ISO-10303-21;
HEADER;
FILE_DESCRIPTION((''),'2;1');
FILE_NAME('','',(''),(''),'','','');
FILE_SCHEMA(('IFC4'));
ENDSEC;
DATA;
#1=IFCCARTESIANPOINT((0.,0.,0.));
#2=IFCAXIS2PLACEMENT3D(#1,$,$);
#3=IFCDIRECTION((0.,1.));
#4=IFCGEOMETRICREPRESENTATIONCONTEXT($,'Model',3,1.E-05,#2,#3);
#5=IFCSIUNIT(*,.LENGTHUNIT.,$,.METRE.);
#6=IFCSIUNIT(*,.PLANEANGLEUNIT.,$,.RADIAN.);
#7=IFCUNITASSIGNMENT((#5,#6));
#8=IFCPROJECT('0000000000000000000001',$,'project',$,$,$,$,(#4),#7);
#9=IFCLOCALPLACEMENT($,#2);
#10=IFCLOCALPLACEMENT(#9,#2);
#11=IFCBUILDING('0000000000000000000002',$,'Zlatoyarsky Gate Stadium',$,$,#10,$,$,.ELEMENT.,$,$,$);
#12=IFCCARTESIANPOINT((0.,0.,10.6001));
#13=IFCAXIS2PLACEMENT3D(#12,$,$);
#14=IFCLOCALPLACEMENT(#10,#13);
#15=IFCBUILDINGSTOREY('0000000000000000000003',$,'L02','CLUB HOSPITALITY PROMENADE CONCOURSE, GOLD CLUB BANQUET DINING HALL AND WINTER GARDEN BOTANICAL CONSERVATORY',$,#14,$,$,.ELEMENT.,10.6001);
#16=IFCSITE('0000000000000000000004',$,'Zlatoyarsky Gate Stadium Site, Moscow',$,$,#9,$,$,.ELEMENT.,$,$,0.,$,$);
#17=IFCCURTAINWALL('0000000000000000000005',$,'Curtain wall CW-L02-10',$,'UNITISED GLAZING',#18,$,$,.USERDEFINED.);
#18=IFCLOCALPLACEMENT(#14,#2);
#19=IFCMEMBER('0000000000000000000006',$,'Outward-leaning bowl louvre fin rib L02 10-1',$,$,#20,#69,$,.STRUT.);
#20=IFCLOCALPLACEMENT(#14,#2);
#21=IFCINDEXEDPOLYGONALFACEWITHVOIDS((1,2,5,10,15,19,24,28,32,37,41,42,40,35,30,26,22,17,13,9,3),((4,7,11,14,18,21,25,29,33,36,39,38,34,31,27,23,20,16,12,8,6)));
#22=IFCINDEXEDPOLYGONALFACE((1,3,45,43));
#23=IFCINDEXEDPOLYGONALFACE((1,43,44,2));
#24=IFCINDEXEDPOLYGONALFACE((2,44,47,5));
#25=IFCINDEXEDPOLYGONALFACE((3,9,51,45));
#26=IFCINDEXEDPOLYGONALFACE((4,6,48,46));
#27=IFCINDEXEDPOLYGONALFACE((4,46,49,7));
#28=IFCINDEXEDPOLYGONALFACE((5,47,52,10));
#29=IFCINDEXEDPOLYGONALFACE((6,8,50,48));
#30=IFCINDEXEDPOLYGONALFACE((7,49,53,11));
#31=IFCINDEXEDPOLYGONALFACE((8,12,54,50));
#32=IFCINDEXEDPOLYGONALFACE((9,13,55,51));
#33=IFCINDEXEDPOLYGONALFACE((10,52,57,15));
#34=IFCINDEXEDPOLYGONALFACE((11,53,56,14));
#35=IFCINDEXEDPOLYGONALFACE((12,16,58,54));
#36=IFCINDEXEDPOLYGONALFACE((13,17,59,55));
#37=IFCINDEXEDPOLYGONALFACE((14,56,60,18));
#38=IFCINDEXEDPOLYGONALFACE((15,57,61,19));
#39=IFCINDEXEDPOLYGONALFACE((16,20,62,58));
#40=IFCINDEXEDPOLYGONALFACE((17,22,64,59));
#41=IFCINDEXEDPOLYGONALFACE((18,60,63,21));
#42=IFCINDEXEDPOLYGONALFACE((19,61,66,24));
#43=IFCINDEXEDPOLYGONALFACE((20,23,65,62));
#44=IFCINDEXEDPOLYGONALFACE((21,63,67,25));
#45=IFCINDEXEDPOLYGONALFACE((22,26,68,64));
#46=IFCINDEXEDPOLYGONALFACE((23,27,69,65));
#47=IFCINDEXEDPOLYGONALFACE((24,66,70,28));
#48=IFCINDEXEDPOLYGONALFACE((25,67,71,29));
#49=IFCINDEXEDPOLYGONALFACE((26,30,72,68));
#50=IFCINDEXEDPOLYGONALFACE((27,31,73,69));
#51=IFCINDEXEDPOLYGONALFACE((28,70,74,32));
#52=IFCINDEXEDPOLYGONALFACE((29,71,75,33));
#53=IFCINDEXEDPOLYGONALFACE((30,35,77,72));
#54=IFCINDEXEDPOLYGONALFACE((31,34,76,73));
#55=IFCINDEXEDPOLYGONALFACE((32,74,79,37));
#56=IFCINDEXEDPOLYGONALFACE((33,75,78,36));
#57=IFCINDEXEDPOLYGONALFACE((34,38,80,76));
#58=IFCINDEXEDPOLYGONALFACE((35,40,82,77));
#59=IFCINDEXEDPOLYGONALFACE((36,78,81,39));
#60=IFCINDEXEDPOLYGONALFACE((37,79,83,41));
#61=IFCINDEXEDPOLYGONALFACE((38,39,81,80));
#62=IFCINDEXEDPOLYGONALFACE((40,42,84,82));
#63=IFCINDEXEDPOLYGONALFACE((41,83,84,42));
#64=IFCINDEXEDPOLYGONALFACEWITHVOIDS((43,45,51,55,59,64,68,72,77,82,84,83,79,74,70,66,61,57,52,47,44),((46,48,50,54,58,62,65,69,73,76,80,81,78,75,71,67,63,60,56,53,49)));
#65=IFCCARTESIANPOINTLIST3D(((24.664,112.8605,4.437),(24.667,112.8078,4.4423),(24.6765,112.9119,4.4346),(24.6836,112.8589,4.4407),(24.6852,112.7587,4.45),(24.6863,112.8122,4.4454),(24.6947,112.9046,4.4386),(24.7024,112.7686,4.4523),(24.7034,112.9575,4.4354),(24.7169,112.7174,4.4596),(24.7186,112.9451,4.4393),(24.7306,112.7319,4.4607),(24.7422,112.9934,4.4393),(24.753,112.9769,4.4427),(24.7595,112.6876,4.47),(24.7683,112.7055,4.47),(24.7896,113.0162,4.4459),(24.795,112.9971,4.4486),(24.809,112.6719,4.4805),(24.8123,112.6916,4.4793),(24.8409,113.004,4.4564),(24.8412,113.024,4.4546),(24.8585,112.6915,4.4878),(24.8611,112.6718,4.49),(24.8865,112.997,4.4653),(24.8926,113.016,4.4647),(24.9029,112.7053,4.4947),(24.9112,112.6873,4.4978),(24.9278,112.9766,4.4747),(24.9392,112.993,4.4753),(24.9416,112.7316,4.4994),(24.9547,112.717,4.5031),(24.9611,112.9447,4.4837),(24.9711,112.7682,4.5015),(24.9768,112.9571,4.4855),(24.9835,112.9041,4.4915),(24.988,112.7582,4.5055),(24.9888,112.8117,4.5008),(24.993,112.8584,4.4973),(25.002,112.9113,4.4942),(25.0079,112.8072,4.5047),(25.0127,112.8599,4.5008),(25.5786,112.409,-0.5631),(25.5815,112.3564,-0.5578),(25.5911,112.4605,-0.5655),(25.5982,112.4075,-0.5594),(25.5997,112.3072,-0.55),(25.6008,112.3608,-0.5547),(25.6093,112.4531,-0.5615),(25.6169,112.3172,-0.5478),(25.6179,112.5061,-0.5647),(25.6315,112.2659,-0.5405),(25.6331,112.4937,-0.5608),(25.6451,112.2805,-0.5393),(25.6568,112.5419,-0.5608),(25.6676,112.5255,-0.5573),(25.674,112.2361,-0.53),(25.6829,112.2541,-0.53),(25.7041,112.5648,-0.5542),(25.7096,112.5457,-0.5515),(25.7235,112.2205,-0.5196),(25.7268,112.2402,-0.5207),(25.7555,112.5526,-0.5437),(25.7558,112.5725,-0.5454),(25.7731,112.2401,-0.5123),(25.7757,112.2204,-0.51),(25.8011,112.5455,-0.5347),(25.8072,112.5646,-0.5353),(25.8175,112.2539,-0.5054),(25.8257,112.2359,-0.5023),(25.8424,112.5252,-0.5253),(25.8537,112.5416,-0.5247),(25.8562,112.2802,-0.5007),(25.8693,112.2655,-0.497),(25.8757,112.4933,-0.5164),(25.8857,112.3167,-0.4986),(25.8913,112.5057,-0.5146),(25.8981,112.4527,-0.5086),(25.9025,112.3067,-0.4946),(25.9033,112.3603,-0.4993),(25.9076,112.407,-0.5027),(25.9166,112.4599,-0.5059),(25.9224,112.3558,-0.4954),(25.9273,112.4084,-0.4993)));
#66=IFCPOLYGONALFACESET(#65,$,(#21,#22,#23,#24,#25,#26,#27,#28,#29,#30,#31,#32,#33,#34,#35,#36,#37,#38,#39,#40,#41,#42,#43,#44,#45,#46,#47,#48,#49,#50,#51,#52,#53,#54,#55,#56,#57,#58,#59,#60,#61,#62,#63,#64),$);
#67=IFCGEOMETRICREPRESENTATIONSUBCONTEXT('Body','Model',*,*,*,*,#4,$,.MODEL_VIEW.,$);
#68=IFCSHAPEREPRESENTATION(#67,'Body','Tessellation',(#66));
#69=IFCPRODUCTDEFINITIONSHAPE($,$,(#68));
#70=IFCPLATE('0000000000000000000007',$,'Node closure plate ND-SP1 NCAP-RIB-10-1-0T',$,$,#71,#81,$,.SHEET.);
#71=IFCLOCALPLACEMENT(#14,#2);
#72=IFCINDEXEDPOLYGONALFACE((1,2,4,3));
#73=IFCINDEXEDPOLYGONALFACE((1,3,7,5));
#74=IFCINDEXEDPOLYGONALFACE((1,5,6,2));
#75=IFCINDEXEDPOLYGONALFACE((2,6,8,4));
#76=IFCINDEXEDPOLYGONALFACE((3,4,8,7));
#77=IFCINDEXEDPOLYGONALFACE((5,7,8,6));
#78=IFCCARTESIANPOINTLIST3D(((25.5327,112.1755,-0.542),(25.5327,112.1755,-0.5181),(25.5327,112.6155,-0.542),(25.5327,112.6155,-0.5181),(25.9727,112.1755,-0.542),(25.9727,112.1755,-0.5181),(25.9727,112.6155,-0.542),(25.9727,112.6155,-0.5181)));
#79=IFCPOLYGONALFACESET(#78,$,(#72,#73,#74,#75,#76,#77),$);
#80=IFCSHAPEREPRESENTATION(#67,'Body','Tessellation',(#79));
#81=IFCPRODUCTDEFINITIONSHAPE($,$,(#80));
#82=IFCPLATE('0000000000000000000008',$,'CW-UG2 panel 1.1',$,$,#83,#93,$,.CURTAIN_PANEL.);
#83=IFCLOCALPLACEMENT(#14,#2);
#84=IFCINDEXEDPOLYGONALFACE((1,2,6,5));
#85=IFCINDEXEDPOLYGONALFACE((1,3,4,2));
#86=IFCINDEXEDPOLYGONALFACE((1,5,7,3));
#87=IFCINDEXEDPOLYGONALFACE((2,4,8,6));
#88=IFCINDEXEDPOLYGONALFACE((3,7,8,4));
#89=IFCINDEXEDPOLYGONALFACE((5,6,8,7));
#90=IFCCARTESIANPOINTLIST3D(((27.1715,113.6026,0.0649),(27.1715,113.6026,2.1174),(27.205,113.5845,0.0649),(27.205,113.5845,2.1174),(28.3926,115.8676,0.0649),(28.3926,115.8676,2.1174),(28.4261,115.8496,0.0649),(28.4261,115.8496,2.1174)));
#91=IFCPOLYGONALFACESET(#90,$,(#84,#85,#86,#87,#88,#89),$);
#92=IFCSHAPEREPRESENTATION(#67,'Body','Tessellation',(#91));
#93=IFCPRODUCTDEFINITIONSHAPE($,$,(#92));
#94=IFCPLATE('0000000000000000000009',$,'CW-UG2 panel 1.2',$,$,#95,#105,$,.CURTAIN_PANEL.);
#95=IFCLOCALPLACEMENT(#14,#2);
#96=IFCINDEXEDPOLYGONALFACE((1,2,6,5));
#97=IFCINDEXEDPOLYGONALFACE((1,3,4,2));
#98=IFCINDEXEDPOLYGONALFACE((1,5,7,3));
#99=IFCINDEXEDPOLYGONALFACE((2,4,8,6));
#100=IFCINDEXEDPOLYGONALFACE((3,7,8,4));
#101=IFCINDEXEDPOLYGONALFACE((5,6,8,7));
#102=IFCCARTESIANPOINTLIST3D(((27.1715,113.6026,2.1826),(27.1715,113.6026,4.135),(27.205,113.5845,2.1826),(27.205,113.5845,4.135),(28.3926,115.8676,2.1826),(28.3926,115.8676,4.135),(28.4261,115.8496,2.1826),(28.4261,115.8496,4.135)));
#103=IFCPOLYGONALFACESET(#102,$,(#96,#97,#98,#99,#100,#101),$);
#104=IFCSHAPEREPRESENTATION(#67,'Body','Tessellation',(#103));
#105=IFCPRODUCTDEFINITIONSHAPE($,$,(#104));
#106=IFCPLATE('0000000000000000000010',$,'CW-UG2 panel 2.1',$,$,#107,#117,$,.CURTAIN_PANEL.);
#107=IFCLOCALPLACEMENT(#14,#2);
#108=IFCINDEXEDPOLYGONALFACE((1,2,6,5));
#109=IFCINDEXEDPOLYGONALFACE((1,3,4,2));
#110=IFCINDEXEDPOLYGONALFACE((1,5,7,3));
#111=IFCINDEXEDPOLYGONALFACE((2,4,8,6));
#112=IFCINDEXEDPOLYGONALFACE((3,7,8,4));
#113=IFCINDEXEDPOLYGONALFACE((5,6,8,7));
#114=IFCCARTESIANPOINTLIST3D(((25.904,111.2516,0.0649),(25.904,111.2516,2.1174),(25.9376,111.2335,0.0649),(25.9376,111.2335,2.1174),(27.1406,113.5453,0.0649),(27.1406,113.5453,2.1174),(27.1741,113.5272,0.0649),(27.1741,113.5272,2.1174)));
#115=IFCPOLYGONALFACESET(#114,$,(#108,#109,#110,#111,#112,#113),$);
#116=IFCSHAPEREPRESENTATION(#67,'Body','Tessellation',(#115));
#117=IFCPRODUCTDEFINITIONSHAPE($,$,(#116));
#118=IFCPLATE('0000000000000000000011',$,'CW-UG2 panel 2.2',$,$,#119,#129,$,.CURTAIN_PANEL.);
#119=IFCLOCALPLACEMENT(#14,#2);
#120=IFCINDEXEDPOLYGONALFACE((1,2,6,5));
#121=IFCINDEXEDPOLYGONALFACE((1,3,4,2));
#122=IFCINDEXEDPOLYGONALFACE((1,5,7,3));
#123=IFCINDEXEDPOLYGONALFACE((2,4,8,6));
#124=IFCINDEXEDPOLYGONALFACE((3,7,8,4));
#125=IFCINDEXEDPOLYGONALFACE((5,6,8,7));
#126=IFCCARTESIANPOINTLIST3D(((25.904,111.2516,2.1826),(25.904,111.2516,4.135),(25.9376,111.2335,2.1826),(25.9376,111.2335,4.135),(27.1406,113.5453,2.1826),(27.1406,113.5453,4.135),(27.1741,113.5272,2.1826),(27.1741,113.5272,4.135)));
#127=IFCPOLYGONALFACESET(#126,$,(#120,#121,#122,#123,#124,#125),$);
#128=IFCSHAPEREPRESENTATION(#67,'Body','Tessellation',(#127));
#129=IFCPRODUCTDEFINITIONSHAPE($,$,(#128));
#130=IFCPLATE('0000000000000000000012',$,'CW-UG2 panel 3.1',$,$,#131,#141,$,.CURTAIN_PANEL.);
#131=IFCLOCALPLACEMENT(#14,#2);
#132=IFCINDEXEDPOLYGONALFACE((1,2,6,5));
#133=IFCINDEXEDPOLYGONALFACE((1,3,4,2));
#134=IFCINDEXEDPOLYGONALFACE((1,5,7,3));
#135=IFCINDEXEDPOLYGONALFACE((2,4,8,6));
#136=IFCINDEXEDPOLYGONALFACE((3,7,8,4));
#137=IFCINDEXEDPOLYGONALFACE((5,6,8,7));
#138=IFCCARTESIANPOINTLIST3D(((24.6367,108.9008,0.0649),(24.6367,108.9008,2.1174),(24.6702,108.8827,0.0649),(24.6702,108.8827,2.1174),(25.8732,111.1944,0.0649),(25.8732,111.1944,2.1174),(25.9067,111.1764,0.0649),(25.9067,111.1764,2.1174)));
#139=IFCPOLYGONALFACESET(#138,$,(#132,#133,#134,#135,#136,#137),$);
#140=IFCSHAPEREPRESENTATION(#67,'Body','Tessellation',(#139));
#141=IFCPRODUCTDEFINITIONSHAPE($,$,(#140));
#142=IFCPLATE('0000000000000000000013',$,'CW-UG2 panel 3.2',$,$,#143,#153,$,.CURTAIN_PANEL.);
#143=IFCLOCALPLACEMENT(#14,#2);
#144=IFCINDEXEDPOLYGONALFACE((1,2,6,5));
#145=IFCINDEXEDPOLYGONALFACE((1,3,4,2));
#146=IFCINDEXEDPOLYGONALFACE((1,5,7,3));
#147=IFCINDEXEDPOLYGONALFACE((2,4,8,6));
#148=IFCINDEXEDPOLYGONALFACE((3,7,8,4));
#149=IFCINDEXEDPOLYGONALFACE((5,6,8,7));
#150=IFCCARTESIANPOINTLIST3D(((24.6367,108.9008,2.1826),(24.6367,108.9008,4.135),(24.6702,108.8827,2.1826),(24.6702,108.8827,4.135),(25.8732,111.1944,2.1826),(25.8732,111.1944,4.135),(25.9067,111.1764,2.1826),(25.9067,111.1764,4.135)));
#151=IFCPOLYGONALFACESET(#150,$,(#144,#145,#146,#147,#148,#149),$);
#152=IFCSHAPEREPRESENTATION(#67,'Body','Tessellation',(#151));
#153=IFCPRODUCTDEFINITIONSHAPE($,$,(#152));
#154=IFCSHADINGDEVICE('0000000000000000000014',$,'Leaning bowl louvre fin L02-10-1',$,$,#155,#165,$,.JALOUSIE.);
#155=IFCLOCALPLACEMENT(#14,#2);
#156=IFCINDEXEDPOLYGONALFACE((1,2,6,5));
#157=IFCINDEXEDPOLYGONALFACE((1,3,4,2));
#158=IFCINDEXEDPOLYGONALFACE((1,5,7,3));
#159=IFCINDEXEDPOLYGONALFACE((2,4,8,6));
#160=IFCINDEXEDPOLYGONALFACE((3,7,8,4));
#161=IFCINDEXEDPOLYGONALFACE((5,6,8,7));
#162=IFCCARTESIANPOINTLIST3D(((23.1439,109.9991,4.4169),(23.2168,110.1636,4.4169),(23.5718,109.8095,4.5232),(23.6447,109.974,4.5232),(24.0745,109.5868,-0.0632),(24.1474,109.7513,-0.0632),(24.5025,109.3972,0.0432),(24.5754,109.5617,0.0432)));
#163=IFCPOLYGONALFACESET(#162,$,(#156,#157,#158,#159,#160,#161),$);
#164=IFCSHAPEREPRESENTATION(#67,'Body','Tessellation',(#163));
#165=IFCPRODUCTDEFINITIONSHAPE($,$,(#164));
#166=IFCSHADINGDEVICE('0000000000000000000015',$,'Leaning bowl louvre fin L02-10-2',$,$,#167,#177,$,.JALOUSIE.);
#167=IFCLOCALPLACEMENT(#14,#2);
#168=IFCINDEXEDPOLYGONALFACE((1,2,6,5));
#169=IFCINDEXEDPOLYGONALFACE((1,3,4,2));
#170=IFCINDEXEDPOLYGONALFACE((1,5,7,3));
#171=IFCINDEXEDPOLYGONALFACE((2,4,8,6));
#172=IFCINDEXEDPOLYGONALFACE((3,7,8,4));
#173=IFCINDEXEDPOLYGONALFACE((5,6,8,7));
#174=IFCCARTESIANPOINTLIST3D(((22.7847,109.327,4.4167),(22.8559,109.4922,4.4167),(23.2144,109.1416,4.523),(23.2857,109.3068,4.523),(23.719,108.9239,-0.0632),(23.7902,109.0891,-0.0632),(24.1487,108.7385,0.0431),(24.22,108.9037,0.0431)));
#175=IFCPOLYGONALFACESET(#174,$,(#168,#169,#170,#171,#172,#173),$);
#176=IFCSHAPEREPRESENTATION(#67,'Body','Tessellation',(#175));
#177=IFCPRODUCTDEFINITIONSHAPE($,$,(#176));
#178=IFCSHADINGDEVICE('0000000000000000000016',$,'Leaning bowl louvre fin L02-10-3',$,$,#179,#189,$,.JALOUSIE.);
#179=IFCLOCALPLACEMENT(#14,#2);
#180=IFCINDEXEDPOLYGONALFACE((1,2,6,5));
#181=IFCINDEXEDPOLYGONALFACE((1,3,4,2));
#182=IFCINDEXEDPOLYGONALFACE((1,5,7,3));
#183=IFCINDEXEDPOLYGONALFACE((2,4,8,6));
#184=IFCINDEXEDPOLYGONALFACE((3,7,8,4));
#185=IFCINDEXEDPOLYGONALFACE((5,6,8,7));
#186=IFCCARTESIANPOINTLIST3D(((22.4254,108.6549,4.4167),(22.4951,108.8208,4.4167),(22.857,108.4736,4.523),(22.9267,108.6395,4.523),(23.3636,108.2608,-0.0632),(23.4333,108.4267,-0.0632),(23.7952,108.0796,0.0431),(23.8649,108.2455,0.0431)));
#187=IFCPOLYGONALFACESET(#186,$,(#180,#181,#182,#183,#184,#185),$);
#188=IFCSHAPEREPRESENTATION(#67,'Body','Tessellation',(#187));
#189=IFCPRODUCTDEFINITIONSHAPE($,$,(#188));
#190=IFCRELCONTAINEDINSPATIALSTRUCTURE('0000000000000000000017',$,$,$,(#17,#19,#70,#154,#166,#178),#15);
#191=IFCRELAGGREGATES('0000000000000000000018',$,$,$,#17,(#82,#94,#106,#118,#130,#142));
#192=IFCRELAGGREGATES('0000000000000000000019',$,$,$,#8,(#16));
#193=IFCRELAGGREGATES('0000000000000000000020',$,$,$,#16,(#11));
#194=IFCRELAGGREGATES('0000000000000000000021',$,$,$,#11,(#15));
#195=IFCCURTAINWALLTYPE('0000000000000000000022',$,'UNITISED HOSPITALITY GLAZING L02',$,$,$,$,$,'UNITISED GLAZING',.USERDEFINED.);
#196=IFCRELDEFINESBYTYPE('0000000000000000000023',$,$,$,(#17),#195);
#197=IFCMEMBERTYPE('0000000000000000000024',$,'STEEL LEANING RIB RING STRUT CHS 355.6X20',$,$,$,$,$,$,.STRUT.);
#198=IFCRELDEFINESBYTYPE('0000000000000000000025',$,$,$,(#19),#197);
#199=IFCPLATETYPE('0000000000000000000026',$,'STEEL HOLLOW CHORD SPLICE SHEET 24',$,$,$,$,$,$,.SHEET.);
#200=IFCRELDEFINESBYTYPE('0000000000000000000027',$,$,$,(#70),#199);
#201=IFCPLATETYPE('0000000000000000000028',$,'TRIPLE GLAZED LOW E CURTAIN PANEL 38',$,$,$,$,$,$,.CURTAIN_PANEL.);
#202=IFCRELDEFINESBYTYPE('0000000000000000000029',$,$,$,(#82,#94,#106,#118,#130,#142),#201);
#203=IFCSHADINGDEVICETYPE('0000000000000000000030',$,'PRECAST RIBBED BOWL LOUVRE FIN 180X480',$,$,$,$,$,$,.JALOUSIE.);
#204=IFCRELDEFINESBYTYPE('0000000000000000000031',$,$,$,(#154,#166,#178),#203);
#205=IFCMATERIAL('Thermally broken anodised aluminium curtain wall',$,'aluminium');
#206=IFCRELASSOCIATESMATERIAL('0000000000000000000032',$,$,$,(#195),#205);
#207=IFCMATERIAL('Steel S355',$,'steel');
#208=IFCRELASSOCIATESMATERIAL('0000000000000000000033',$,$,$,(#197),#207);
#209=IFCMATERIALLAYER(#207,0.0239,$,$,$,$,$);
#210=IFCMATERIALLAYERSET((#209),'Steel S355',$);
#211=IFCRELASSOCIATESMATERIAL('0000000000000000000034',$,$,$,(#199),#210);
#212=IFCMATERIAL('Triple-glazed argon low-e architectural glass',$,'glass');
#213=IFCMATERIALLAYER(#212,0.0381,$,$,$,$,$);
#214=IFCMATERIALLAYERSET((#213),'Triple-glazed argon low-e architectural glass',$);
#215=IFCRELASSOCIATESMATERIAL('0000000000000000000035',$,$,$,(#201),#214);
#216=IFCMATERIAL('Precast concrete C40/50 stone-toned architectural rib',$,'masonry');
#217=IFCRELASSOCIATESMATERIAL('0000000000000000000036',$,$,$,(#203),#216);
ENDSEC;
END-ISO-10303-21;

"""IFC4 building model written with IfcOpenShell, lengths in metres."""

from ifc_helpers import new_model, si_unit, direction, frame, origin, origin_2d, place, context, subcontext, project, spatial, rectangle, hollow_circle, extrude, material, layer, layer_set, material_profile, profile_set, type_object, element, aggregate, save


model = new_model("IFC4")

# Units and contexts
model_context = context("Model", 3, precision=1e-05, world=origin(), true_north=direction((0.0, 1.0)))
body_context = subcontext(model_context, "Body", "Model", "MODEL_VIEW")
ifc_project = project(units=[si_unit("LENGTHUNIT", "METRE"), si_unit("PLANEANGLEUNIT", "RADIAN")], contexts=[model_context])

# Site, building, storey
site_placement = place(None, origin())
site = spatial("IfcSite", under=ifc_project, at=site_placement, Name="Zlatoyarsky Gate Stadium Site, Moscow", CompositionType="ELEMENT", RefElevation=0.0)
building_placement = place(site_placement, origin())
building = spatial("IfcBuilding", under=site, at=building_placement, Name="Zlatoyarsky Gate Stadium", CompositionType="ELEMENT")
storey_placement = place(building_placement, frame((0.0, 0.0, 10.6001)))
storey = spatial("IfcBuildingStorey", under=building, at=storey_placement, Name="L02", Description="CLUB HOSPITALITY PROMENADE CONCOURSE, GOLD CLUB BANQUET DINING HALL AND WINTER GARDEN BOTANICAL CONSERVATORY", CompositionType="ELEMENT", Elevation=10.6001)

# Curtain wall
ifc_material_1 = material(Name="Thermally broken anodised aluminium curtain wall", Category="aluminium")
curtain_wall_type = type_object("IfcCurtainWallType", Name="UNITISED HOSPITALITY GLAZING L02", ElementType="UNITISED GLAZING", PredefinedType="USERDEFINED", material=ifc_material_1)
curtain_wall_placement = place(storey_placement, origin())
curtain_wall = element("IfcCurtainWall", 1, at=curtain_wall_placement, inside=storey, type_object=curtain_wall_type, Name="Curtain wall CW-L02-10", ObjectType="UNITISED GLAZING", PredefinedType="USERDEFINED")

# Member
ifc_material_2 = material(Name="Steel S355", Category="steel")
ifc_material_profile_1 = material_profile(ifc_material_2, hollow_circle(Radius=0.1777, WallThickness=0.02, at=origin_2d()), Name="CHS 355.6X20")
ifc_profile_set_1 = profile_set([ifc_material_profile_1], Name="Steel S355")
member_type_1 = type_object("IfcMemberType", Name="STEEL LEANING RIB RING STRUT CHS 355.6X20", PredefinedType="STRUT", material=ifc_profile_set_1)
member_1_placement = place(storey_placement, frame((25.7527, 112.3955, -0.53), z_axis=(-0.17922, 0.088462, 0.979824), x_axis=(-0.442612, -0.896713, 0.0)))
element("IfcMember", 2, at=member_1_placement, inside=storey, type_object=member_type_1, Name="Outward-leaning bowl louvre fin rib L02 10-1", PredefinedType="STRUT", context=body_context, shape_type="SweptSolid", body=[
    extrude(hollow_circle(Radius=0.1777, WallThickness=0.02, at=origin_2d()), origin(), (0.0, 0.0, 1.0), 5.103),
])

# Plates
ifc_layer_1 = layer(ifc_material_2, 0.0239)
ifc_layer_set_1 = layer_set([ifc_layer_1], Name="Steel S355")
plate_type_1 = type_object("IfcPlateType", Name="STEEL HOLLOW CHORD SPLICE SHEET 24", PredefinedType="SHEET", material=ifc_layer_set_1)
plate_1_placement = place(storey_placement, frame((25.7527, 112.3955, -0.542), z_axis=(0.0, 0.0, 1.0), x_axis=(1.0, 0.0, 0.0)))
element("IfcPlate", 3, at=plate_1_placement, inside=storey, type_object=plate_type_1, Name="Node closure plate ND-SP1 NCAP-RIB-10-1-0T", PredefinedType="SHEET", context=body_context, shape_type="SweptSolid", body=[
    extrude(rectangle(XDim=0.4399, YDim=0.4399, at=origin_2d()), origin(), (0.0, 0.0, 1.0), 0.0239),
])
ifc_material_3 = material(Name="Triple-glazed argon low-e architectural glass", Category="glass")
ifc_layer_2 = layer(ifc_material_3, 0.0381)
ifc_layer_set_2 = layer_set([ifc_layer_2], Name="Triple-glazed argon low-e architectural glass")
plate_type_2 = type_object("IfcPlateType", Name="TRIPLE GLAZED LOW E CURTAIN PANEL 38", PredefinedType="CURTAIN_PANEL", material=ifc_layer_set_2)
plate_2_placement = place(storey_placement, frame((27.7988, 114.7261, 0.0649), z_axis=(0.0, 0.0, 1.0), x_axis=(-0.474536, -0.880236, 0.0)))
plate_2 = element("IfcPlate", 4, at=plate_2_placement, type_object=plate_type_2, Name="CW-UG2 panel 1.1", PredefinedType="CURTAIN_PANEL", context=body_context, shape_type="SweptSolid", body=[
    extrude(rectangle(XDim=2.5732, YDim=0.0381, at=origin_2d()), origin(), (0.0, 0.0, 1.0), 2.0525),
])
plate_3_placement = place(storey_placement, frame((27.7988, 114.7261, 2.1826), z_axis=(0.0, 0.0, 1.0), x_axis=(-0.474536, -0.880236, 0.0)))
plate_3 = element("IfcPlate", 5, at=plate_3_placement, type_object=plate_type_2, Name="CW-UG2 panel 1.2", PredefinedType="CURTAIN_PANEL", context=body_context, shape_type="SweptSolid", body=[
    extrude(rectangle(XDim=2.5732, YDim=0.0381, at=origin_2d()), origin(), (0.0, 0.0, 1.0), 1.9524),
])
plate_4_placement = place(storey_placement, frame((26.5391, 112.3894, 0.0649), z_axis=(0.0, 0.0, 1.0), x_axis=(-0.474536, -0.880236, 0.0)))
plate_4 = element("IfcPlate", 6, at=plate_4_placement, type_object=plate_type_2, Name="CW-UG2 panel 2.1", PredefinedType="CURTAIN_PANEL", context=body_context, shape_type="SweptSolid", body=[
    extrude(rectangle(XDim=2.6057, YDim=0.0381, at=origin_2d()), origin(), (0.0, 0.0, 1.0), 2.0525),
])
plate_5_placement = place(storey_placement, frame((26.5391, 112.3894, 2.1826), z_axis=(0.0, 0.0, 1.0), x_axis=(-0.474536, -0.880236, 0.0)))
plate_5 = element("IfcPlate", 7, at=plate_5_placement, type_object=plate_type_2, Name="CW-UG2 panel 2.2", PredefinedType="CURTAIN_PANEL", context=body_context, shape_type="SweptSolid", body=[
    extrude(rectangle(XDim=2.6057, YDim=0.0381, at=origin_2d()), origin(), (0.0, 0.0, 1.0), 1.9524),
])
plate_6_placement = place(storey_placement, frame((25.2717, 110.0386, 0.0649), z_axis=(0.0, 0.0, 1.0), x_axis=(-0.474536, -0.880236, 0.0)))
plate_6 = element("IfcPlate", 8, at=plate_6_placement, type_object=plate_type_2, Name="CW-UG2 panel 3.1", PredefinedType="CURTAIN_PANEL", context=body_context, shape_type="SweptSolid", body=[
    extrude(rectangle(XDim=2.6057, YDim=0.0381, at=origin_2d()), origin(), (0.0, 0.0, 1.0), 2.0525),
])
plate_7_placement = place(storey_placement, frame((25.2717, 110.0386, 2.1826), z_axis=(0.0, 0.0, 1.0), x_axis=(-0.474536, -0.880236, 0.0)))
plate_7 = element("IfcPlate", 9, at=plate_7_placement, type_object=plate_type_2, Name="CW-UG2 panel 3.2", PredefinedType="CURTAIN_PANEL", context=body_context, shape_type="SweptSolid", body=[
    extrude(rectangle(XDim=2.6057, YDim=0.0381, at=origin_2d()), origin(), (0.0, 0.0, 1.0), 1.9524),
])
aggregate(curtain_wall, [plate_2, plate_3, plate_4, plate_5, plate_6, plate_7])

# Shading devices
ifc_material_4 = material(Name="Precast concrete C40/50 stone-toned architectural rib", Category="masonry")
ifc_material_profile_2 = material_profile(ifc_material_4, rectangle(XDim=0.1799, YDim=0.48, at=origin_2d()), Name="RIB 180X480")
ifc_profile_set_2 = profile_set([ifc_material_profile_2], Name="Precast concrete C40/50 stone-toned architectural rib")
shading_device_type = type_object("IfcShadingDeviceType", Name="PRECAST RIBBED BOWL LOUVRE FIN 180X480", PredefinedType="JALOUSIE", material=ifc_profile_set_2)
shading_device_placement = place(storey_placement, frame((24.325, 109.5742, -0.01), z_axis=(-0.202575, 0.089756, 0.975145), x_axis=(-0.405092, -0.914276, 0.0)))
element("IfcShadingDevice", 10, at=shading_device_placement, inside=storey, type_object=shading_device_type, Name="Leaning bowl louvre fin L02-10-1", PredefinedType="JALOUSIE", context=body_context, shape_type="SweptSolid", body=[
    extrude(rectangle(XDim=0.1799, YDim=0.48, at=origin_2d()), origin(), (0.0, 0.0, 1.0), 4.5942),
])
for number, where, z_axis, x_axis, name in (
    (11, (23.9695, 108.9138, -0.01), (-0.203376, 0.087738, 0.975162), (-0.396119, -0.918199, 0.0), "Leaning bowl louvre fin L02-10-2"),
    (12, (23.6143, 108.2532, -0.01), (-0.204225, 0.085771, 0.975159), (-0.38722, -0.921987, 0.0), "Leaning bowl louvre fin L02-10-3"),
):
    element("IfcShadingDevice", number, at=place(storey_placement, frame(where, z_axis=z_axis, x_axis=x_axis)), inside=storey, type_object=shading_device_type, Name=name, PredefinedType="JALOUSIE", context=body_context, shape_type="SweptSolid", body=[
        extrude(rectangle(XDim=0.1799, YDim=0.48, at=origin_2d()), origin(), (0.0, 0.0, 1.0), 4.594),
    ])

save(model, "model.ifc")
